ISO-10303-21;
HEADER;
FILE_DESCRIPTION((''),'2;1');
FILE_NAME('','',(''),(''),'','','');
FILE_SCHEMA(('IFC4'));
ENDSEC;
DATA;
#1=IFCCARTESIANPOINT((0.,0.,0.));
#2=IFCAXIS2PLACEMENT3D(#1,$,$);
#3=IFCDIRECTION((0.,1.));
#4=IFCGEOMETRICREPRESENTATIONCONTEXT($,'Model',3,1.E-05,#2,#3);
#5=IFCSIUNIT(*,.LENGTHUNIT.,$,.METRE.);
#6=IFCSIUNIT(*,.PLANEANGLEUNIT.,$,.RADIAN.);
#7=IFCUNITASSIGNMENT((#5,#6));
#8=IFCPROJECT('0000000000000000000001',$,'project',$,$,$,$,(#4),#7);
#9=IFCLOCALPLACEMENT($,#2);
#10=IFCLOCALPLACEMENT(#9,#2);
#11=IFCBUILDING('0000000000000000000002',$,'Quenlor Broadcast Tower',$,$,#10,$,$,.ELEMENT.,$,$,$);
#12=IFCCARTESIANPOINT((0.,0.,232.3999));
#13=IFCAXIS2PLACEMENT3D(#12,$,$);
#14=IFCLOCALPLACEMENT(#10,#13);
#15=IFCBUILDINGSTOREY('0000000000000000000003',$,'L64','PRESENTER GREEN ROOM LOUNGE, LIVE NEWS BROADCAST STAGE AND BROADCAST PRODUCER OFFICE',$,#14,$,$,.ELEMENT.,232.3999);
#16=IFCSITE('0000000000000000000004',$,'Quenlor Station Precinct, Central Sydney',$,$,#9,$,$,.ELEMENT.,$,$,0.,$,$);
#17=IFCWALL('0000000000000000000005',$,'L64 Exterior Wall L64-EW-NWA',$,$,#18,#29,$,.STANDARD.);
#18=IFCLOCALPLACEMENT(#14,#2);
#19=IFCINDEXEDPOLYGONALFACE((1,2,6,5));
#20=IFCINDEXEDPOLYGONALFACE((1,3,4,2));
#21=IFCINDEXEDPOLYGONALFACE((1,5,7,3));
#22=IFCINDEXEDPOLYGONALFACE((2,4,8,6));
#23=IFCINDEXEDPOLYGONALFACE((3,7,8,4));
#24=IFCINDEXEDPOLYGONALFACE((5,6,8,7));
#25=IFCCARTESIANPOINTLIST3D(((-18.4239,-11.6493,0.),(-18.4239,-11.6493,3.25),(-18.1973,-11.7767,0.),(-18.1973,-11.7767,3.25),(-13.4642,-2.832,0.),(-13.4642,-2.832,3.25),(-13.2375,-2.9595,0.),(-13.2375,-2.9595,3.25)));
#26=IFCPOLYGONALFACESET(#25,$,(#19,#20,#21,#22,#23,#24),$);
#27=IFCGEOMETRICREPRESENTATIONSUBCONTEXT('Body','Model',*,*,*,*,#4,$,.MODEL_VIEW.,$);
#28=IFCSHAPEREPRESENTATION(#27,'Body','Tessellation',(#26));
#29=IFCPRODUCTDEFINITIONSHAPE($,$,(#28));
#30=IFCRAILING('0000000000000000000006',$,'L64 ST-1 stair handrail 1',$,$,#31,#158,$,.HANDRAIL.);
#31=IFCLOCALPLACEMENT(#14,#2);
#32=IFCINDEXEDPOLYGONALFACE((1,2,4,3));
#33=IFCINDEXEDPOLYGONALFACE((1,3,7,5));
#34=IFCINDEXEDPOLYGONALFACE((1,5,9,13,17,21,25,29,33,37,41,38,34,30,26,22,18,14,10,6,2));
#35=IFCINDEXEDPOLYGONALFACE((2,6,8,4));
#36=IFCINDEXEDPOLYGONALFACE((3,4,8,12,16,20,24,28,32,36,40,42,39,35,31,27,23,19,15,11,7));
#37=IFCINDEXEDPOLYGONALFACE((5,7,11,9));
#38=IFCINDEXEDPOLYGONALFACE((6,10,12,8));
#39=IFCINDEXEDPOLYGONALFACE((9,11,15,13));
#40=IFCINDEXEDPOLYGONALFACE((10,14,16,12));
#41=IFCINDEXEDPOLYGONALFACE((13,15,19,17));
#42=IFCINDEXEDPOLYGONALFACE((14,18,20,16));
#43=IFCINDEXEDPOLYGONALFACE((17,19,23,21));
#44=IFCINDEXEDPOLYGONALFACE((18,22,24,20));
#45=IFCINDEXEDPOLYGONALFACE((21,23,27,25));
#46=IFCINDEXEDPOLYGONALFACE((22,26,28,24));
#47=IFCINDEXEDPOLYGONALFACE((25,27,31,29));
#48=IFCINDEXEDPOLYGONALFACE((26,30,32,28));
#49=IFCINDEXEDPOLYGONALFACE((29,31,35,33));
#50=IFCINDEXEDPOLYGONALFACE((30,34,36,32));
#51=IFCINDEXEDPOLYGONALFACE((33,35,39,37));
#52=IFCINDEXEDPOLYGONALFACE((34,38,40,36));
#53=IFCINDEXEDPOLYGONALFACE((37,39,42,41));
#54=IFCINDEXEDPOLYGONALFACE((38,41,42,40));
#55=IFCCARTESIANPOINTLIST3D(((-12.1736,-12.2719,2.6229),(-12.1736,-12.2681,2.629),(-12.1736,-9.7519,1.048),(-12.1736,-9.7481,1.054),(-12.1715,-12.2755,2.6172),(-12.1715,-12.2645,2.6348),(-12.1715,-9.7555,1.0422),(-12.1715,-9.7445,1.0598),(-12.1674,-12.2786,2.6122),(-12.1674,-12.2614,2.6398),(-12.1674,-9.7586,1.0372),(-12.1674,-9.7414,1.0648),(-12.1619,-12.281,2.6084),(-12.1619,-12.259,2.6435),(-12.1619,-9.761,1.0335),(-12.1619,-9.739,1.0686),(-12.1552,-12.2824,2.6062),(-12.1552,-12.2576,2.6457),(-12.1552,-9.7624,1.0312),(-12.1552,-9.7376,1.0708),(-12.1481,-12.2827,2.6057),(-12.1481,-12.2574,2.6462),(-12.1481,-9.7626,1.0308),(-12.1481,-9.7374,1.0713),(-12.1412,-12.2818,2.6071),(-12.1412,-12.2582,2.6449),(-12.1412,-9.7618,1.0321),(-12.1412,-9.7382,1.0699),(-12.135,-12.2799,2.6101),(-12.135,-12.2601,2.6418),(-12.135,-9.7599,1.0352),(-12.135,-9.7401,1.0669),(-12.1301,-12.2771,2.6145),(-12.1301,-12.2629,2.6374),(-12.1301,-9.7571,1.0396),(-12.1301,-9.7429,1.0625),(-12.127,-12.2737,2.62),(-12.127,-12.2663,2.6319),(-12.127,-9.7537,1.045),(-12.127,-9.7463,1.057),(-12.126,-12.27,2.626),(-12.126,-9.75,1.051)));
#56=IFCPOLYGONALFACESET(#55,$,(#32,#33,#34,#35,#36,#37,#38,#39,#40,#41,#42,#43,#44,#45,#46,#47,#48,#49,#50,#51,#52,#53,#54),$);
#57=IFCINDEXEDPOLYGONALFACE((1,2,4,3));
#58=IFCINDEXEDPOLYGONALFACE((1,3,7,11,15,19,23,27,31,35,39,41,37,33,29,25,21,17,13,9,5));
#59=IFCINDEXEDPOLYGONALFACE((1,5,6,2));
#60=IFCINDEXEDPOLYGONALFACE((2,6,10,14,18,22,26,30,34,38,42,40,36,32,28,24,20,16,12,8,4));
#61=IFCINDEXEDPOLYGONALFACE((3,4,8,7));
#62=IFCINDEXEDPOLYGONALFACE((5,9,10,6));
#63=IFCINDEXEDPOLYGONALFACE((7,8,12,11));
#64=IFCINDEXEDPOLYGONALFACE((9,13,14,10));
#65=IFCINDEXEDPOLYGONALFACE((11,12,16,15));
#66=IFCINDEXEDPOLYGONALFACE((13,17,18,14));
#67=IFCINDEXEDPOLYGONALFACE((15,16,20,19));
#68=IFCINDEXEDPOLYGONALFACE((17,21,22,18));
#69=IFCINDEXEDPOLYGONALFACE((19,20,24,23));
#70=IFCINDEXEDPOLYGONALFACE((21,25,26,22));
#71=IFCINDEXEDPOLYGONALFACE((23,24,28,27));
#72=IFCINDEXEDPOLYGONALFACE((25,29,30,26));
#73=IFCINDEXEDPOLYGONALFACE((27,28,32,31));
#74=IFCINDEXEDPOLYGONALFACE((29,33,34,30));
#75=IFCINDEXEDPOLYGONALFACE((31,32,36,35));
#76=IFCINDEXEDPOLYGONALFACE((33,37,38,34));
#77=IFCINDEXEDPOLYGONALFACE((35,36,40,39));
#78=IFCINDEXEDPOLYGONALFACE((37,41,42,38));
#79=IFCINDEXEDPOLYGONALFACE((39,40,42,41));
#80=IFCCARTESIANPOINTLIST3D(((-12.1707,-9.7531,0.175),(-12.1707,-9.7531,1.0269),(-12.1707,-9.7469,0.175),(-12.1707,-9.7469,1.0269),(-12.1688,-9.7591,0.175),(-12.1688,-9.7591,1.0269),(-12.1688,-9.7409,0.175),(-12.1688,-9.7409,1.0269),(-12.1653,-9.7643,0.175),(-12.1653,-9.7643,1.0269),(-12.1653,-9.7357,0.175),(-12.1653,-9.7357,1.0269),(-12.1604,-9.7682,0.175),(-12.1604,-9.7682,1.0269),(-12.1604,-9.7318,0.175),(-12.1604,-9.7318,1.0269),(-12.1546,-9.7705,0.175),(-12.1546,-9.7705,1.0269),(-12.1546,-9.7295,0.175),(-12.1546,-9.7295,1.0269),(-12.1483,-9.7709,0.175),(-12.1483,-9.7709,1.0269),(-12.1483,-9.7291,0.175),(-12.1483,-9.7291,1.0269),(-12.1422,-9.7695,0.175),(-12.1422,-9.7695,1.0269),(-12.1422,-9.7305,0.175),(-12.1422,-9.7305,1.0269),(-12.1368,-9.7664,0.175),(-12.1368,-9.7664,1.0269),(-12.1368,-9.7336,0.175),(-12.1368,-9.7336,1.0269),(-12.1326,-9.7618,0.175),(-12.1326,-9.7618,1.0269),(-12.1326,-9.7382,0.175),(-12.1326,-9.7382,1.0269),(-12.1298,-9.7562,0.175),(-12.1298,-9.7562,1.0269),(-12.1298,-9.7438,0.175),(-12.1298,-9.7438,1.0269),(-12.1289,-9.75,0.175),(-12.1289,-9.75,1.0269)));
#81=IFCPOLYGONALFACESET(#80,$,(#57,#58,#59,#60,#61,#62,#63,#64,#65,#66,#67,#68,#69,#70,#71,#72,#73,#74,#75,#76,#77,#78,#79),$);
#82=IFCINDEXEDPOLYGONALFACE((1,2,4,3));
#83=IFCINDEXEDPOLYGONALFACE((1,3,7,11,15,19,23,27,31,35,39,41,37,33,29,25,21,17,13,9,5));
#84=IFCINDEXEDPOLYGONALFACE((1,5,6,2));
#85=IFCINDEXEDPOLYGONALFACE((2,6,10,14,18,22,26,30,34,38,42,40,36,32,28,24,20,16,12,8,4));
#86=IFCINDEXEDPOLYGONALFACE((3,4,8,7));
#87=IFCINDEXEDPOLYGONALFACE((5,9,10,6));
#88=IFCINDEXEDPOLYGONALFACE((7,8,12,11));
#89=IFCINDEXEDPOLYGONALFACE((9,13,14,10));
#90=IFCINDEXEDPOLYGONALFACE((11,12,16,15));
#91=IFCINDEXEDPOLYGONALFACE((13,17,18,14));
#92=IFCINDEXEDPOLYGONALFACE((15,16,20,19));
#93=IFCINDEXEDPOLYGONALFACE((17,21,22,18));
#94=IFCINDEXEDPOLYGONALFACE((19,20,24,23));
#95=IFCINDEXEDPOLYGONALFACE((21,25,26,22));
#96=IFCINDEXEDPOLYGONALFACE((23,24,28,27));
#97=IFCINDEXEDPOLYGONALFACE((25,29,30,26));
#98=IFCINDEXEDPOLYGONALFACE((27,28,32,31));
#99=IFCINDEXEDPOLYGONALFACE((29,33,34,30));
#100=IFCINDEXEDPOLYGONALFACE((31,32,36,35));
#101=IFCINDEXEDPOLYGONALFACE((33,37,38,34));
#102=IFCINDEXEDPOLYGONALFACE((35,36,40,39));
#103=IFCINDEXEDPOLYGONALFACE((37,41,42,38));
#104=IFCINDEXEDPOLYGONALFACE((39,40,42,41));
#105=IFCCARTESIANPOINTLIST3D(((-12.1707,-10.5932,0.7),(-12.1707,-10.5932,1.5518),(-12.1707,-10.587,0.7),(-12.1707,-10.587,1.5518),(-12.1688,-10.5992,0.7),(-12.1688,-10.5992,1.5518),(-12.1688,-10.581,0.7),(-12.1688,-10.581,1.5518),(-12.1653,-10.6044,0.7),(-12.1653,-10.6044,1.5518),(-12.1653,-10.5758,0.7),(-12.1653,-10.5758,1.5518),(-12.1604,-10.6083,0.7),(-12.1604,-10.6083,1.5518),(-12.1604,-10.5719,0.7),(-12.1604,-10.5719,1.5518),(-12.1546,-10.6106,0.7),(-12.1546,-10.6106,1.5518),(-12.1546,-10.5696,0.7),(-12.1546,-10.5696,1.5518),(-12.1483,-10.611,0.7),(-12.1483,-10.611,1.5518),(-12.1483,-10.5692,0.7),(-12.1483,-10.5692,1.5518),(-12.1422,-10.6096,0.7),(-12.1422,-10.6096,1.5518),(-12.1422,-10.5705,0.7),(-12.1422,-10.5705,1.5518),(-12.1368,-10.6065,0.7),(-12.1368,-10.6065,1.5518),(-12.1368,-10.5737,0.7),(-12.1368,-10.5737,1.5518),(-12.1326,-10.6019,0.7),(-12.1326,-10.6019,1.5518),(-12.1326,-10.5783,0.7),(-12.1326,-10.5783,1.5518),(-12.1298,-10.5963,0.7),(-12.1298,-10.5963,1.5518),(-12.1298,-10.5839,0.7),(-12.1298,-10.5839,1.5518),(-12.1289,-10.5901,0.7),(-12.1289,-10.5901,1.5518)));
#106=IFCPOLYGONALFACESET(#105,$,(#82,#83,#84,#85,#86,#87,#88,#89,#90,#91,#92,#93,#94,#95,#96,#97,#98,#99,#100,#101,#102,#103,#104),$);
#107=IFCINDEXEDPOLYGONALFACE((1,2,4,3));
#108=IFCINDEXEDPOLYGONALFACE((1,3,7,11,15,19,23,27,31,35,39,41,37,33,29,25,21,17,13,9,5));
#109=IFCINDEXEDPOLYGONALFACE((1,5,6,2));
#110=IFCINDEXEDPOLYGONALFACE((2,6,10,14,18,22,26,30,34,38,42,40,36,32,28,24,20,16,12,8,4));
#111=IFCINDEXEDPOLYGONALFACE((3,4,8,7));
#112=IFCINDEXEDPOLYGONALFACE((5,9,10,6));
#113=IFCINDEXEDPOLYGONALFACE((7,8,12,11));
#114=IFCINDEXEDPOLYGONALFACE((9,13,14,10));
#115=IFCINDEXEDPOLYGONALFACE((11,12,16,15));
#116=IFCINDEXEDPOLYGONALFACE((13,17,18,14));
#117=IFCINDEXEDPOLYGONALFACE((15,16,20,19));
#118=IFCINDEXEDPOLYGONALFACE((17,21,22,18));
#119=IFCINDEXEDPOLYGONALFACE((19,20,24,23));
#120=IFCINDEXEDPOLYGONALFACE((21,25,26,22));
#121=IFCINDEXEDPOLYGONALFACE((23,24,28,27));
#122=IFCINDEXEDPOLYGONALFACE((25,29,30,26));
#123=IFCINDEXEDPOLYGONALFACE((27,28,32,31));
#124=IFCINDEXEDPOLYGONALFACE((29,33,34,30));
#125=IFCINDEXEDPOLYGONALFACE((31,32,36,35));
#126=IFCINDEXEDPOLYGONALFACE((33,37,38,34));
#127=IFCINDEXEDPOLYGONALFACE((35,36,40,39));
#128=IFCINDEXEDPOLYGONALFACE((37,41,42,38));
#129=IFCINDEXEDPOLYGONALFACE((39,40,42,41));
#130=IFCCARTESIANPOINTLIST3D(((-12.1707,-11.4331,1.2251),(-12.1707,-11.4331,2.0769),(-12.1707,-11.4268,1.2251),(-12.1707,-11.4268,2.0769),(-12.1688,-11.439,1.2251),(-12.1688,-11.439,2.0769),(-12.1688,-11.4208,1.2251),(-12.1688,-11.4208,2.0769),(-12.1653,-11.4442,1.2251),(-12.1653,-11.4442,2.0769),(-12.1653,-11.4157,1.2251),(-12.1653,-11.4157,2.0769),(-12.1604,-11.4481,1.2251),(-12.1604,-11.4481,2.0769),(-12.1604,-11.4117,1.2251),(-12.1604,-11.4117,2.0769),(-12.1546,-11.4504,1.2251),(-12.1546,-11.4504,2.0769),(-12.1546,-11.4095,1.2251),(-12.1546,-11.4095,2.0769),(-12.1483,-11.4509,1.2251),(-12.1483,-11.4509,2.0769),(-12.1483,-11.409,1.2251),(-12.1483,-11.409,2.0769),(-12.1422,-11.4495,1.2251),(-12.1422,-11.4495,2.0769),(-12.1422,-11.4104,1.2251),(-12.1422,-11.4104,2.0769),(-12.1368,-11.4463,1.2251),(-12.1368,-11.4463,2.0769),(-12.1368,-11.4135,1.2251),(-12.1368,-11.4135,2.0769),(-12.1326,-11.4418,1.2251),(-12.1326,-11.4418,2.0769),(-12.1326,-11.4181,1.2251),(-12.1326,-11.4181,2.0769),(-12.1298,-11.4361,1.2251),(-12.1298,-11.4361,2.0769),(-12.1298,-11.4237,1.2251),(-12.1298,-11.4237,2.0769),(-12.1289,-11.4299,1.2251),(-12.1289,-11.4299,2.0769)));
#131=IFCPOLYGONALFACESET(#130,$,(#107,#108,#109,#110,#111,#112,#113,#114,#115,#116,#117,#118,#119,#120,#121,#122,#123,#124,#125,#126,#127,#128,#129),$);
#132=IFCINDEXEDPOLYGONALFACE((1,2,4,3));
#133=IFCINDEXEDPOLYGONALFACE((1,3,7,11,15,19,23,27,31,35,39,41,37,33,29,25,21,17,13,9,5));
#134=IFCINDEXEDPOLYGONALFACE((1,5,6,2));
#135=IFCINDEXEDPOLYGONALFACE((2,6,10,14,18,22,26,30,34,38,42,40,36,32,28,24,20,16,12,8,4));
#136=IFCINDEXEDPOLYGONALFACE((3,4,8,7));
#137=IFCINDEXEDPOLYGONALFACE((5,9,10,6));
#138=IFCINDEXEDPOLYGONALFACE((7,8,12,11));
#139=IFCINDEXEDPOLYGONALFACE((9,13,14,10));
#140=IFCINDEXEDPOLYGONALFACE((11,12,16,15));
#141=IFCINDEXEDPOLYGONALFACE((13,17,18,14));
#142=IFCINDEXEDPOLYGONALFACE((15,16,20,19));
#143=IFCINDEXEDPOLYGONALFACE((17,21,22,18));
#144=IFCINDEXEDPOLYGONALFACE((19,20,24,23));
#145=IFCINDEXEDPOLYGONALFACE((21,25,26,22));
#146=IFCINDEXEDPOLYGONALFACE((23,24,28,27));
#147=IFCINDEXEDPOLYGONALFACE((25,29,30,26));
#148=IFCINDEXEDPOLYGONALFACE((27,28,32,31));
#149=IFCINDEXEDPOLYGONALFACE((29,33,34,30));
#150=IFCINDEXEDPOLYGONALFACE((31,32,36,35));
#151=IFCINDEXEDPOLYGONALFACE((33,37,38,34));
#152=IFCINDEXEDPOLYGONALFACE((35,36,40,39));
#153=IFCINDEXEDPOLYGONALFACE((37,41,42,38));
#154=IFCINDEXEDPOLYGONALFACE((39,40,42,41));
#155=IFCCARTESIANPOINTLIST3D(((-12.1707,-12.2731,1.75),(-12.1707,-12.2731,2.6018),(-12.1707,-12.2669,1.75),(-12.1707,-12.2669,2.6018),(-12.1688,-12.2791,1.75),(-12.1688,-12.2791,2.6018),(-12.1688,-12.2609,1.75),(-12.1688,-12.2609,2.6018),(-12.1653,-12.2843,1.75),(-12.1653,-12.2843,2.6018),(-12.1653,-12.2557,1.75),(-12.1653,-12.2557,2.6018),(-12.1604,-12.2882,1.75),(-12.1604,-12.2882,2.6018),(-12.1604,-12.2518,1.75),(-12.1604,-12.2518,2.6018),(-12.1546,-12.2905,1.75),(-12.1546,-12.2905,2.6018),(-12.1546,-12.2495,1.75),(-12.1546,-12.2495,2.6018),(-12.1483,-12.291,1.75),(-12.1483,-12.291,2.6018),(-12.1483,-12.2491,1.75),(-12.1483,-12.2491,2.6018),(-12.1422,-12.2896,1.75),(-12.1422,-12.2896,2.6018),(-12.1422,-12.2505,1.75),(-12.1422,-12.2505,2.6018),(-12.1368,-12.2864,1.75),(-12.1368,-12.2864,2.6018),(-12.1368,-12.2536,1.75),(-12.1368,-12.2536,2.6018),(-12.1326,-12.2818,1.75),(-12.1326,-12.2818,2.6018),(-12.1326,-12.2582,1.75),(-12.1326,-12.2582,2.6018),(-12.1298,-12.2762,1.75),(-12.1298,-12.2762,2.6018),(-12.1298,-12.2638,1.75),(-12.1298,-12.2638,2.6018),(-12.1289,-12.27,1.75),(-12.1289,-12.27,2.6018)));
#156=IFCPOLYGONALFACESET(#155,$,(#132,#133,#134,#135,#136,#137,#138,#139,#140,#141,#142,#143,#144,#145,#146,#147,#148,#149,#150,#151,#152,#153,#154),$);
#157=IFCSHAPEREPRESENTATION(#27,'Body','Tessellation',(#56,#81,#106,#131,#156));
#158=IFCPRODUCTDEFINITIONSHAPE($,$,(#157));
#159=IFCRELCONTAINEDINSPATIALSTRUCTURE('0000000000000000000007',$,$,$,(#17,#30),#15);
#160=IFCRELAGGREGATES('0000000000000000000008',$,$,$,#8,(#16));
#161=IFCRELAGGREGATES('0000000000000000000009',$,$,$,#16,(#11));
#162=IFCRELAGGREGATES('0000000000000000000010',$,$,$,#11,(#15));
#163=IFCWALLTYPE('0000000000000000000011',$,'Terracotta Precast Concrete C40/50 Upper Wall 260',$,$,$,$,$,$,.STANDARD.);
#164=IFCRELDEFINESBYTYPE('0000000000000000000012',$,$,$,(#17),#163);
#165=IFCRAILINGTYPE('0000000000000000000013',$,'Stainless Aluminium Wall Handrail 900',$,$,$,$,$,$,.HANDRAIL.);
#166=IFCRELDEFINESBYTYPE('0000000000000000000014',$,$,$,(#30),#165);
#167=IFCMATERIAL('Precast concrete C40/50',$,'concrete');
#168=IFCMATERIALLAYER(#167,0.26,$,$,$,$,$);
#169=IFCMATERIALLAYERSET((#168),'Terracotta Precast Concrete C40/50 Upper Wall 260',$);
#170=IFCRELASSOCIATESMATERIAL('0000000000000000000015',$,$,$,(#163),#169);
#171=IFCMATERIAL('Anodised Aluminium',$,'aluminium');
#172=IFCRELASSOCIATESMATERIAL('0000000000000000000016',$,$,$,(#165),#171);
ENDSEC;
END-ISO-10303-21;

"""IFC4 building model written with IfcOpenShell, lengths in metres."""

from ifc_helpers import new_model, si_unit, direction, frame, frame_2d, origin, origin_2d, place, context, subcontext, project, spatial, rectangle, circle, extrude, material, layer, layer_set, type_object, element, save


model = new_model("IFC4")

# Units and contexts
model_context = context("Model", 3, precision=1e-05, world=origin(), true_north=direction((0.0, 1.0)))
body_context = subcontext(model_context, "Body", "Model", "MODEL_VIEW")
ifc_project = project(units=[si_unit("LENGTHUNIT", "METRE"), si_unit("PLANEANGLEUNIT", "RADIAN")], contexts=[model_context])

# Site, building, storey
site_placement = place(None, origin())
site = spatial("IfcSite", under=ifc_project, at=site_placement, Name="Quenlor Station Precinct, Central Sydney", CompositionType="ELEMENT", RefElevation=0.0)
building_placement = place(site_placement, origin())
building = spatial("IfcBuilding", under=site, at=building_placement, Name="Quenlor Broadcast Tower", CompositionType="ELEMENT")
storey_placement = place(building_placement, frame((0.0, 0.0, 232.3999)))
storey = spatial("IfcBuildingStorey", under=building, at=storey_placement, Name="L64", Description="PRESENTER GREEN ROOM LOUNGE, LIVE NEWS BROADCAST STAGE AND BROADCAST PRODUCER OFFICE", CompositionType="ELEMENT", Elevation=232.3999)

# Wall
ifc_material_1 = material(Name="Precast concrete C40/50", Category="concrete")
ifc_layer_1 = layer(ifc_material_1, 0.26)
ifc_layer_set_1 = layer_set([ifc_layer_1], Name="Terracotta Precast Concrete C40/50 Upper Wall 260")
wall_type_1 = type_object("IfcWallType", Name="Terracotta Precast Concrete C40/50 Upper Wall 260", PredefinedType="STANDARD", material=ifc_layer_set_1)
wall_1_placement = place(storey_placement, frame((-18.3105, -11.7129, 0.0), z_axis=(0.0, 0.0, 1.0), x_axis=(0.490267, 0.871572, 0.0)))
element("IfcWall", 1, at=wall_1_placement, inside=storey, type_object=wall_type_1, Name="L64 Exterior Wall L64-EW-NWA", PredefinedType="STANDARD", context=body_context, shape_type="SweptSolid", body=[
    extrude(rectangle(XDim=10.1165, YDim=0.26, at=frame_2d((5.0581, 0.0))), origin(), (0.0, 0.0, 1.0), 3.25),
])

# Railing
ifc_material_2 = material(Name="Anodised Aluminium", Category="aluminium")
railing_type = type_object("IfcRailingType", Name="Stainless Aluminium Wall Handrail 900", PredefinedType="HANDRAIL", material=ifc_material_2)
railing_placement = place(storey_placement, frame((-12.1499, -9.75, 0.175)))
element("IfcRailing", 2, at=railing_placement, inside=storey, type_object=railing_type, Name="L64 ST-1 stair handrail 1", PredefinedType="HANDRAIL", context=body_context, shape_type="SweptSolid", body=[
    extrude(circle(Radius=0.0239, at=origin_2d()), frame((0.0, 0.0, 0.876), z_axis=(0.0, -0.848008, 0.529984), x_axis=(1.0, 0.0, 0.0)), (0.0, 0.0, 1.0), 2.9717),
    extrude(circle(Radius=0.021, at=origin_2d()), origin(), (0.0, 0.0, 1.0), 0.8518),
    extrude(circle(Radius=0.021, at=origin_2d()), frame((0.0, -0.8401, 0.5249)), (0.0, 0.0, 1.0), 0.8518),
    extrude(circle(Radius=0.021, at=origin_2d()), frame((0.0, -1.6799, 1.05)), (0.0, 0.0, 1.0), 0.8518),
    extrude(circle(Radius=0.021, at=origin_2d()), frame((0.0, -2.52, 1.575)), (0.0, 0.0, 1.0), 0.8518),
])

save(model, "model.ifc")
